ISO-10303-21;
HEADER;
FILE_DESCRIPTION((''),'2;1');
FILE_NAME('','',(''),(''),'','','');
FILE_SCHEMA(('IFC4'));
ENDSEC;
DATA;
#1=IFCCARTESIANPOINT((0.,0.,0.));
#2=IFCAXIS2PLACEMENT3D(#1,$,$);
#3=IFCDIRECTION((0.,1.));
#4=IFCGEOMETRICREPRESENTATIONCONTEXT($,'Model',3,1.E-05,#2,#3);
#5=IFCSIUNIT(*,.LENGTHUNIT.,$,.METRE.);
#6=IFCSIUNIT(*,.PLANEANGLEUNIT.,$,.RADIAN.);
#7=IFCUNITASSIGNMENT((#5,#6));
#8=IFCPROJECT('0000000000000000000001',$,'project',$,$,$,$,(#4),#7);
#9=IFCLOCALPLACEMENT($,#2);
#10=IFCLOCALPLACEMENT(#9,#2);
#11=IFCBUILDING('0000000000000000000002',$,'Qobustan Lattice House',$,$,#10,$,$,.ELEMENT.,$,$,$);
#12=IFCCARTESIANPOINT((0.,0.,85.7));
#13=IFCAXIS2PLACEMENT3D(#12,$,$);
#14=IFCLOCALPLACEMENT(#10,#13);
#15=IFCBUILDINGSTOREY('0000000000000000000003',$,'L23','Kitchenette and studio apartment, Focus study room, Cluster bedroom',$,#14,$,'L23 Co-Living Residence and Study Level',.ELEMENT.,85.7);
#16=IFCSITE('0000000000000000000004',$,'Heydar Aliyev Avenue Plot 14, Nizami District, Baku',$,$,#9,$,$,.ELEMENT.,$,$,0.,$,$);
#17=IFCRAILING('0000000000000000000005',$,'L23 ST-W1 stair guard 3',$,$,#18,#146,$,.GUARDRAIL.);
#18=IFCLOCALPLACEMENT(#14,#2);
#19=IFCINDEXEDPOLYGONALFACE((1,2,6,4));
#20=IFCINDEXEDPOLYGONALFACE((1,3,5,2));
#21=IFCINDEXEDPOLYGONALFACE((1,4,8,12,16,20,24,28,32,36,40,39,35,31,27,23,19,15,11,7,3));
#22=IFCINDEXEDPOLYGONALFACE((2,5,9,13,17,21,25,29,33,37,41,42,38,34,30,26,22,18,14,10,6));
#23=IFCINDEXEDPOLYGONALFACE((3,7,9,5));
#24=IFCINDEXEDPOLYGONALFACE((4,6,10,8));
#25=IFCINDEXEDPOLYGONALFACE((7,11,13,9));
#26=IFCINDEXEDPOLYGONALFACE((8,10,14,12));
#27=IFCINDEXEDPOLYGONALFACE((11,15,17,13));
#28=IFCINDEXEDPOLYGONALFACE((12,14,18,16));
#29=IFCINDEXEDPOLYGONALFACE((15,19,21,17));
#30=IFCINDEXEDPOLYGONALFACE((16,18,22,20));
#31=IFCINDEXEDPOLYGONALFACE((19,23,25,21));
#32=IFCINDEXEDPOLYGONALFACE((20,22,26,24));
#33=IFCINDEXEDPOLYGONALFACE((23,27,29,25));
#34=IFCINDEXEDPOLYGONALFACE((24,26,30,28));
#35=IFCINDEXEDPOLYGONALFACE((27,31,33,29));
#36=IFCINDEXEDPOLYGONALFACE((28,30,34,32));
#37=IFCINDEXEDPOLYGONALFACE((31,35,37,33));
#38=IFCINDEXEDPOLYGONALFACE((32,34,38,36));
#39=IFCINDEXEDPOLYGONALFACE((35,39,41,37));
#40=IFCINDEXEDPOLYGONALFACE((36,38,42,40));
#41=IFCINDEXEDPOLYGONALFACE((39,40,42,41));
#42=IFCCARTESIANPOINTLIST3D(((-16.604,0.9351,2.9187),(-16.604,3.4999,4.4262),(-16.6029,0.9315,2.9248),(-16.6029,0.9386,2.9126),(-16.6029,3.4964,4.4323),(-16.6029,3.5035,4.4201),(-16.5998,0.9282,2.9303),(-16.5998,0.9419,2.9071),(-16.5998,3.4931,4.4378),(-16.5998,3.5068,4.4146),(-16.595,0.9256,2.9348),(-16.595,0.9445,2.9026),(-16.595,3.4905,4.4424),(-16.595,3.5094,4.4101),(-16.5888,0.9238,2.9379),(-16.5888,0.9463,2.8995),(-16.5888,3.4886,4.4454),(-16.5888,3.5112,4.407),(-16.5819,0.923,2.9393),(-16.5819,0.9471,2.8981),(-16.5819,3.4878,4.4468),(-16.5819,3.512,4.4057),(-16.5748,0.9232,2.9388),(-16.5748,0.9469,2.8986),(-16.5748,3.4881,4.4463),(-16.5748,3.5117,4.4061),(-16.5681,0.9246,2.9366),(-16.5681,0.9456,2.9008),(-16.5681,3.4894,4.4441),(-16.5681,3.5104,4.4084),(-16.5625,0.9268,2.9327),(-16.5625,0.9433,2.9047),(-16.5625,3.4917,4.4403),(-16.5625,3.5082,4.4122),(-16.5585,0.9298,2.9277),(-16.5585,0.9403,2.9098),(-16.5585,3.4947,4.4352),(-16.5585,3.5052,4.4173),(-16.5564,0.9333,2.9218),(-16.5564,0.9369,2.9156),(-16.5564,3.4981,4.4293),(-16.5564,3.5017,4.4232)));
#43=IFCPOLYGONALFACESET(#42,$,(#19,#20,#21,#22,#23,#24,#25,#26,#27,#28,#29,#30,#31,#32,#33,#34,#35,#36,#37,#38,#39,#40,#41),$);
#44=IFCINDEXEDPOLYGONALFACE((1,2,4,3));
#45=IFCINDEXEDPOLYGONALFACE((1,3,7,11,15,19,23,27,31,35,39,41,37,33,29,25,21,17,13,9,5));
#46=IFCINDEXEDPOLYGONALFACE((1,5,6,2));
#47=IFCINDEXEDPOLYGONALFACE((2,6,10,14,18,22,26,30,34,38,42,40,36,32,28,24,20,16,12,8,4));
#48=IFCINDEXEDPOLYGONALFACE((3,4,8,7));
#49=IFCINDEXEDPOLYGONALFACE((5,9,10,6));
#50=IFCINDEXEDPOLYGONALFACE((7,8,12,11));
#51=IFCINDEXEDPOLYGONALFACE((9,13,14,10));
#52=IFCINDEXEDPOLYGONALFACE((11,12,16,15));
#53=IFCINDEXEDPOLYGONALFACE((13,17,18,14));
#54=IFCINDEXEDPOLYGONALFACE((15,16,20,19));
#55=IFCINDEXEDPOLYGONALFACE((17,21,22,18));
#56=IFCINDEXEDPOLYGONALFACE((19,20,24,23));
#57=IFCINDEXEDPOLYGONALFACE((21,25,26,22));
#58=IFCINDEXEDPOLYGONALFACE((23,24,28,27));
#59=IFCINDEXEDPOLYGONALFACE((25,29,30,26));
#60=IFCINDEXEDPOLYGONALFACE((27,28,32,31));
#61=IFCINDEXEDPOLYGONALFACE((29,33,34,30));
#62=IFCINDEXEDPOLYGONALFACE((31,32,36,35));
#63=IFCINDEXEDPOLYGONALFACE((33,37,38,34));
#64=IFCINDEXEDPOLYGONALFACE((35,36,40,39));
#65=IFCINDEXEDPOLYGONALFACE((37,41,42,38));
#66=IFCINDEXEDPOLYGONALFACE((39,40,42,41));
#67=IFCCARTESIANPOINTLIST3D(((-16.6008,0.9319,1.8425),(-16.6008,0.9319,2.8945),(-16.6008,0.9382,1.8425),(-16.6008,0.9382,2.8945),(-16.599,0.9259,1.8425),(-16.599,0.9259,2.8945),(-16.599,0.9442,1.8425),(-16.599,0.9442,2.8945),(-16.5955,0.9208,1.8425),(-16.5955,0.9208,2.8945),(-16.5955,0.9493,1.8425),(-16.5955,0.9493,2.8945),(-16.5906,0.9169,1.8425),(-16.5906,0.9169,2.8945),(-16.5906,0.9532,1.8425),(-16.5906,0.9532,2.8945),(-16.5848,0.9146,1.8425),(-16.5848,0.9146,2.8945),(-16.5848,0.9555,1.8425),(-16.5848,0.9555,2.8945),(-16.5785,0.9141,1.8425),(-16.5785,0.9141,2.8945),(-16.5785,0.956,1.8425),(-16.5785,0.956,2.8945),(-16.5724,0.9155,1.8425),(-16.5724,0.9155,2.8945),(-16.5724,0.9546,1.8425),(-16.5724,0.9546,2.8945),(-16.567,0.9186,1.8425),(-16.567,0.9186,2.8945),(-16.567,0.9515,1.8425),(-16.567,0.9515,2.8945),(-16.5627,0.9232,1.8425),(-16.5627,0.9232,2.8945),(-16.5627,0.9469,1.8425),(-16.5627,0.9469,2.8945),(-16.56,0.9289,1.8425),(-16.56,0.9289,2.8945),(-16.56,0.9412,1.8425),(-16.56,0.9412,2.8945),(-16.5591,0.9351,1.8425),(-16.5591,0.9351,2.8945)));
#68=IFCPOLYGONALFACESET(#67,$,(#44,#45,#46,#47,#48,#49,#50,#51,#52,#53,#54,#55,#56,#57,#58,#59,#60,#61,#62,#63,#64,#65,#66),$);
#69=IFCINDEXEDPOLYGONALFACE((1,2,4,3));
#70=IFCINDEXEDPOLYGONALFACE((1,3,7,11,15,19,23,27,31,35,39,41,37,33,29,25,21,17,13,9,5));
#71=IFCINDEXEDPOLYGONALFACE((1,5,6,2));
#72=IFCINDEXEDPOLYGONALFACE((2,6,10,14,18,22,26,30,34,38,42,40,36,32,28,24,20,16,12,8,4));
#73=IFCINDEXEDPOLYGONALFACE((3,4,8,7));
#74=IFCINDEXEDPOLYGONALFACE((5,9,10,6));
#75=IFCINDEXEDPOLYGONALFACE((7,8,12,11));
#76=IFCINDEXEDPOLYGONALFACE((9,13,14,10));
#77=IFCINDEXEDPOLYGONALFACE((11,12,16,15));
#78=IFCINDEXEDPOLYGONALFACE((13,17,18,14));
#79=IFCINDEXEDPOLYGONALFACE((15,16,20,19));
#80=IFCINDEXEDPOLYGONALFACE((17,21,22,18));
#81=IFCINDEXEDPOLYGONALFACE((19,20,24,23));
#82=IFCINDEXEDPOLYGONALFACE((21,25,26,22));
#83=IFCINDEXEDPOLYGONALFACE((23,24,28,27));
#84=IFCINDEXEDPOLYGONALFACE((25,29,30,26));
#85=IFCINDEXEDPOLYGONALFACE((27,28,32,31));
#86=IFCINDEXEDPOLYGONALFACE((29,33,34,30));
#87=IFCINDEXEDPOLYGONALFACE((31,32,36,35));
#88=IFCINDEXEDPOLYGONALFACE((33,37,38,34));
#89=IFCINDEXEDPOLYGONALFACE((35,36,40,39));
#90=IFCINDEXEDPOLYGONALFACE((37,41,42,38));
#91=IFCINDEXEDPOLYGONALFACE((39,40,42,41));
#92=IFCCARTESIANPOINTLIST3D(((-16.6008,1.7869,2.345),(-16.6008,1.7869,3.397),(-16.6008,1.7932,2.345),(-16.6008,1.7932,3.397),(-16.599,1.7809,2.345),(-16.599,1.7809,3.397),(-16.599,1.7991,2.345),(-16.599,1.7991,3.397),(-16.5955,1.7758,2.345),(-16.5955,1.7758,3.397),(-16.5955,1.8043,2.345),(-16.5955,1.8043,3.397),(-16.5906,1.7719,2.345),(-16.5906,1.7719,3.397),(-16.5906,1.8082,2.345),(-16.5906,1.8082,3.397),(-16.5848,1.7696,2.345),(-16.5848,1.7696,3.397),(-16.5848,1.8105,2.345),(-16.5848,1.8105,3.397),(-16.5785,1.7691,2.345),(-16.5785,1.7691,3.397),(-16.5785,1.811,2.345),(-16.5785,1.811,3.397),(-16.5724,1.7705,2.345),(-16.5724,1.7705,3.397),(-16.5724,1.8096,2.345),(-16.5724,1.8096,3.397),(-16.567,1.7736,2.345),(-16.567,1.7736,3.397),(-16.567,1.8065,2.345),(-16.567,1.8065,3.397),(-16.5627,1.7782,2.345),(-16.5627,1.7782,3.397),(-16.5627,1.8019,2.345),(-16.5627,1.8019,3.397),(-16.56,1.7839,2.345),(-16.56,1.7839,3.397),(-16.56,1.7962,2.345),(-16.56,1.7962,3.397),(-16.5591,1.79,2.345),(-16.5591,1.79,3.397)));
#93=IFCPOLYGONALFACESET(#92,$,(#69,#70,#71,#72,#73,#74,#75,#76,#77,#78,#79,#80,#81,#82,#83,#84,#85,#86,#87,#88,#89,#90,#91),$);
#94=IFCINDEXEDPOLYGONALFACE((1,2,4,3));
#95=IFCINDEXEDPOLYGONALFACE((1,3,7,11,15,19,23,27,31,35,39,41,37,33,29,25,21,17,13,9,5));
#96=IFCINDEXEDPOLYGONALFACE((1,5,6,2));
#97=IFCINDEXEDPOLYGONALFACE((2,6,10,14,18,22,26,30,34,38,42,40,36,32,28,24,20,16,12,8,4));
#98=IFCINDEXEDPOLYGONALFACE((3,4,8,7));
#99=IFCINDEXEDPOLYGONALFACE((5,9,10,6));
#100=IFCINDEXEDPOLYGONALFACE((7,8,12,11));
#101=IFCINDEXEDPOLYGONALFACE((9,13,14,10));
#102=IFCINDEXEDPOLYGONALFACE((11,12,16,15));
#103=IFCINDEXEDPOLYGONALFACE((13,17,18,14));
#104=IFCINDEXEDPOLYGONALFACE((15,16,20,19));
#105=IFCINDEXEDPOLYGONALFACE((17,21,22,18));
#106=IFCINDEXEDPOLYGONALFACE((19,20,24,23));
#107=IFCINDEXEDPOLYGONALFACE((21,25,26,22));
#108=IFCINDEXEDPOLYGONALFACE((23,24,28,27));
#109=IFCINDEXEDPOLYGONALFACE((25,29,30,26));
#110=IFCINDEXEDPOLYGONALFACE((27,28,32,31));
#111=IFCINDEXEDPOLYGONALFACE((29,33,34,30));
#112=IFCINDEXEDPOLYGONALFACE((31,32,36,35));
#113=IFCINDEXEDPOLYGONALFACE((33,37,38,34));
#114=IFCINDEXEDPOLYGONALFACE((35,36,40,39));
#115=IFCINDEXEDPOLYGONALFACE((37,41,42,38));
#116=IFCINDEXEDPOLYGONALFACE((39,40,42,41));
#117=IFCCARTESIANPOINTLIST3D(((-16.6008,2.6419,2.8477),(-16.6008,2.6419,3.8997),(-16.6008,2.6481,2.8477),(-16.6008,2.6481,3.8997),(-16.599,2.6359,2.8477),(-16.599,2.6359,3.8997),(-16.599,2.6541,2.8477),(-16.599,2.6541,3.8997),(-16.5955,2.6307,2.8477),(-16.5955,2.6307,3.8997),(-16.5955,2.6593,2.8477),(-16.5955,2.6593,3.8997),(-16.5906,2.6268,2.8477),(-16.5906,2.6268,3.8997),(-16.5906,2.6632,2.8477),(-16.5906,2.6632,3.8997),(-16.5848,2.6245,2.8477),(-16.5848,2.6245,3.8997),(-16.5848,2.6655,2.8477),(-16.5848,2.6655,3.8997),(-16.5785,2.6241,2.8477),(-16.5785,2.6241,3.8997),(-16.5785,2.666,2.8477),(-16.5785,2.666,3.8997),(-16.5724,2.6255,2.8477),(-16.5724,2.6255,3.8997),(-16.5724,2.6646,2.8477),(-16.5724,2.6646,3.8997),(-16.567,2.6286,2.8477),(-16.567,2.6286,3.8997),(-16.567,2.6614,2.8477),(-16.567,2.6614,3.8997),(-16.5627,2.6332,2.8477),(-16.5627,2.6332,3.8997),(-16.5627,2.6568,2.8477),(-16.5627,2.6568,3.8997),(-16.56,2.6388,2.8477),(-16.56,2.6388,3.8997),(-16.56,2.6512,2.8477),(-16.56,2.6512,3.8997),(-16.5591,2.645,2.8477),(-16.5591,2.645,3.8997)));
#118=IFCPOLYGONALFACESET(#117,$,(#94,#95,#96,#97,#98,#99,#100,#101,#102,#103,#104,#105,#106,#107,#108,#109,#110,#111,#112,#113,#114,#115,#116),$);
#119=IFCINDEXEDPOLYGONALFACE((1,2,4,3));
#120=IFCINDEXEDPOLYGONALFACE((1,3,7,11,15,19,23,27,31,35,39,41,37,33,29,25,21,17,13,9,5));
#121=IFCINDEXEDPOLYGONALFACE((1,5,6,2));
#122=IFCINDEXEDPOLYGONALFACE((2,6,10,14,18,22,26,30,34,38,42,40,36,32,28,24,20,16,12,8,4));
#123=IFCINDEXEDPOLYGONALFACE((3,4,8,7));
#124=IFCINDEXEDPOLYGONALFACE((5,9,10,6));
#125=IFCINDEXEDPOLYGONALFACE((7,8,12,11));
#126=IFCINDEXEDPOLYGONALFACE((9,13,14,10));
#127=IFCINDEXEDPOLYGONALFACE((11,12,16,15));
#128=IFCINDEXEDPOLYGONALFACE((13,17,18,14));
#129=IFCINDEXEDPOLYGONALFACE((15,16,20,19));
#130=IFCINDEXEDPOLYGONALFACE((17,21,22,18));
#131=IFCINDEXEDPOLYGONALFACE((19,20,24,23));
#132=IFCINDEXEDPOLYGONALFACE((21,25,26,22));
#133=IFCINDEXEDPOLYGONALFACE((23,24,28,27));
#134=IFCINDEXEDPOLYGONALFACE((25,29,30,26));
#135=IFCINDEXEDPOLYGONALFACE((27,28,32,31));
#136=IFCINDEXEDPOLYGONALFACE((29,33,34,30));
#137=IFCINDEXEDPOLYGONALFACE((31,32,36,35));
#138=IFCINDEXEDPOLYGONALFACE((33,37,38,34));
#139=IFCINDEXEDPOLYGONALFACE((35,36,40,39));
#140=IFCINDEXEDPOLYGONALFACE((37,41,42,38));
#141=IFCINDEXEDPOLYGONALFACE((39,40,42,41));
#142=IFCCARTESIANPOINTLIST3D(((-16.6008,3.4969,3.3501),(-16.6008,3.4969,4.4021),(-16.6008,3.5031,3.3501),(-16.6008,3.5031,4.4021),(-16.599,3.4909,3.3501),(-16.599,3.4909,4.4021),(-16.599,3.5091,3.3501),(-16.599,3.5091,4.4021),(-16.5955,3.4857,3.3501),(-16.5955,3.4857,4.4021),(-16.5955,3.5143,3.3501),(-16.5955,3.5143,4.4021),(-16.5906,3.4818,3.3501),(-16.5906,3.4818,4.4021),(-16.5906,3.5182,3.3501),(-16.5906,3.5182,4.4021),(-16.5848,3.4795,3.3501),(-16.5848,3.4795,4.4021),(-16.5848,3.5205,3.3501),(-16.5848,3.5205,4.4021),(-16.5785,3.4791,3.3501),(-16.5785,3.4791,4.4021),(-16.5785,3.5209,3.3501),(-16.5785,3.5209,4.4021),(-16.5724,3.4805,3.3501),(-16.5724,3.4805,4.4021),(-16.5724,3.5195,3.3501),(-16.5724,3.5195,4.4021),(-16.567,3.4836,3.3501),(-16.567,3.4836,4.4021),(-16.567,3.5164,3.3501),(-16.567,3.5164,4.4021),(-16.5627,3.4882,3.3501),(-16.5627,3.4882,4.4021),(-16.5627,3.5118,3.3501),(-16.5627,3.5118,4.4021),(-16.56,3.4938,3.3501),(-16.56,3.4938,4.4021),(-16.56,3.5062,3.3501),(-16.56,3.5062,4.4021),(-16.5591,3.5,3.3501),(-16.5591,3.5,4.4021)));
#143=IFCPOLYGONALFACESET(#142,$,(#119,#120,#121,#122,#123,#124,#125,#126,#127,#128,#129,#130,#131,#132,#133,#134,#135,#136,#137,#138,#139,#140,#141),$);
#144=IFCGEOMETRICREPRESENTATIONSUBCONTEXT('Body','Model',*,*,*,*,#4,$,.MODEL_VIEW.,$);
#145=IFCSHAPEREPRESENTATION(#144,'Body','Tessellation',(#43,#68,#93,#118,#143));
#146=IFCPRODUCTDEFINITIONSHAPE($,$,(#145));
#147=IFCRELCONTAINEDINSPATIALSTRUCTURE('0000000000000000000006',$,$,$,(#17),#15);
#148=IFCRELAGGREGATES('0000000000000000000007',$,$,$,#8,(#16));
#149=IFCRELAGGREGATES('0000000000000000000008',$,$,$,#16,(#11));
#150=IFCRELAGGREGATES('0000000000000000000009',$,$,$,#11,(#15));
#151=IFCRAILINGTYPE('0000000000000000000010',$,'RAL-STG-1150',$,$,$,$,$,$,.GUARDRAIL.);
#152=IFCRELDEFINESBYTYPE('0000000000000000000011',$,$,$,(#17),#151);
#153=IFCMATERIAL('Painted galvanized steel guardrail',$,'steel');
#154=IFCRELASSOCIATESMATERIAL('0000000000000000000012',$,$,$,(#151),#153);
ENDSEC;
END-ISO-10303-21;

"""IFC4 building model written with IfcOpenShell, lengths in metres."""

from ifc_helpers import new_model, si_unit, direction, frame, origin, origin_2d, place, context, subcontext, project, spatial, circle, extrude, material, type_object, element, save


model = new_model("IFC4")

# Units and contexts
model_context = context("Model", 3, precision=1e-05, world=origin(), true_north=direction((0.0, 1.0)))
body_context = subcontext(model_context, "Body", "Model", "MODEL_VIEW")
ifc_project = project(units=[si_unit("LENGTHUNIT", "METRE"), si_unit("PLANEANGLEUNIT", "RADIAN")], contexts=[model_context])

# Site, building, storey
site_placement = place(None, origin())
site = spatial("IfcSite", under=ifc_project, at=site_placement, Name="Heydar Aliyev Avenue Plot 14, Nizami District, Baku", CompositionType="ELEMENT", RefElevation=0.0)
building_placement = place(site_placement, origin())
building = spatial("IfcBuilding", under=site, at=building_placement, Name="Qobustan Lattice House", CompositionType="ELEMENT")
storey_placement = place(building_placement, frame((0.0, 0.0, 85.7)))
storey = spatial("IfcBuildingStorey", under=building, at=storey_placement, Name="L23", Description="Kitchenette and studio apartment, Focus study room, Cluster bedroom", LongName="L23 Co-Living Residence and Study Level", CompositionType="ELEMENT", Elevation=85.7)

# Railing
ifc_material_1 = material(Name="Painted galvanized steel guardrail", Category="steel")
railing_type = type_object("IfcRailingType", Name="RAL-STG-1150", PredefinedType="GUARDRAIL", material=ifc_material_1)
railing_1_placement = place(storey_placement, frame((-16.5801, 0.9351, 1.8425)))
element("IfcRailing", 1, at=railing_1_placement, inside=storey, type_object=railing_type, Name="L23 ST-W1 stair guard 3", PredefinedType="GUARDRAIL", context=body_context, shape_type="SweptSolid", body=[
    extrude(circle(Radius=0.0239, at=origin_2d()), frame((0.0, 0.0, 1.0762), z_axis=(0.0, 0.862113, 0.506715), x_axis=(-1.0, 0.0, 0.0)), (0.0, 0.0, 1.0), 2.9751),
    extrude(circle(Radius=0.021, at=origin_2d()), origin(), (0.0, 0.0, 1.0), 1.052),
    extrude(circle(Radius=0.021, at=origin_2d()), frame((0.0, 0.855, 0.5024)), (0.0, 0.0, 1.0), 1.052),
    extrude(circle(Radius=0.021, at=origin_2d()), frame((0.0, 1.71, 1.0051)), (0.0, 0.0, 1.0), 1.052),
    extrude(circle(Radius=0.021, at=origin_2d()), frame((0.0, 2.5649, 1.5076)), (0.0, 0.0, 1.0), 1.052),
])

save(model, "model.ifc")
